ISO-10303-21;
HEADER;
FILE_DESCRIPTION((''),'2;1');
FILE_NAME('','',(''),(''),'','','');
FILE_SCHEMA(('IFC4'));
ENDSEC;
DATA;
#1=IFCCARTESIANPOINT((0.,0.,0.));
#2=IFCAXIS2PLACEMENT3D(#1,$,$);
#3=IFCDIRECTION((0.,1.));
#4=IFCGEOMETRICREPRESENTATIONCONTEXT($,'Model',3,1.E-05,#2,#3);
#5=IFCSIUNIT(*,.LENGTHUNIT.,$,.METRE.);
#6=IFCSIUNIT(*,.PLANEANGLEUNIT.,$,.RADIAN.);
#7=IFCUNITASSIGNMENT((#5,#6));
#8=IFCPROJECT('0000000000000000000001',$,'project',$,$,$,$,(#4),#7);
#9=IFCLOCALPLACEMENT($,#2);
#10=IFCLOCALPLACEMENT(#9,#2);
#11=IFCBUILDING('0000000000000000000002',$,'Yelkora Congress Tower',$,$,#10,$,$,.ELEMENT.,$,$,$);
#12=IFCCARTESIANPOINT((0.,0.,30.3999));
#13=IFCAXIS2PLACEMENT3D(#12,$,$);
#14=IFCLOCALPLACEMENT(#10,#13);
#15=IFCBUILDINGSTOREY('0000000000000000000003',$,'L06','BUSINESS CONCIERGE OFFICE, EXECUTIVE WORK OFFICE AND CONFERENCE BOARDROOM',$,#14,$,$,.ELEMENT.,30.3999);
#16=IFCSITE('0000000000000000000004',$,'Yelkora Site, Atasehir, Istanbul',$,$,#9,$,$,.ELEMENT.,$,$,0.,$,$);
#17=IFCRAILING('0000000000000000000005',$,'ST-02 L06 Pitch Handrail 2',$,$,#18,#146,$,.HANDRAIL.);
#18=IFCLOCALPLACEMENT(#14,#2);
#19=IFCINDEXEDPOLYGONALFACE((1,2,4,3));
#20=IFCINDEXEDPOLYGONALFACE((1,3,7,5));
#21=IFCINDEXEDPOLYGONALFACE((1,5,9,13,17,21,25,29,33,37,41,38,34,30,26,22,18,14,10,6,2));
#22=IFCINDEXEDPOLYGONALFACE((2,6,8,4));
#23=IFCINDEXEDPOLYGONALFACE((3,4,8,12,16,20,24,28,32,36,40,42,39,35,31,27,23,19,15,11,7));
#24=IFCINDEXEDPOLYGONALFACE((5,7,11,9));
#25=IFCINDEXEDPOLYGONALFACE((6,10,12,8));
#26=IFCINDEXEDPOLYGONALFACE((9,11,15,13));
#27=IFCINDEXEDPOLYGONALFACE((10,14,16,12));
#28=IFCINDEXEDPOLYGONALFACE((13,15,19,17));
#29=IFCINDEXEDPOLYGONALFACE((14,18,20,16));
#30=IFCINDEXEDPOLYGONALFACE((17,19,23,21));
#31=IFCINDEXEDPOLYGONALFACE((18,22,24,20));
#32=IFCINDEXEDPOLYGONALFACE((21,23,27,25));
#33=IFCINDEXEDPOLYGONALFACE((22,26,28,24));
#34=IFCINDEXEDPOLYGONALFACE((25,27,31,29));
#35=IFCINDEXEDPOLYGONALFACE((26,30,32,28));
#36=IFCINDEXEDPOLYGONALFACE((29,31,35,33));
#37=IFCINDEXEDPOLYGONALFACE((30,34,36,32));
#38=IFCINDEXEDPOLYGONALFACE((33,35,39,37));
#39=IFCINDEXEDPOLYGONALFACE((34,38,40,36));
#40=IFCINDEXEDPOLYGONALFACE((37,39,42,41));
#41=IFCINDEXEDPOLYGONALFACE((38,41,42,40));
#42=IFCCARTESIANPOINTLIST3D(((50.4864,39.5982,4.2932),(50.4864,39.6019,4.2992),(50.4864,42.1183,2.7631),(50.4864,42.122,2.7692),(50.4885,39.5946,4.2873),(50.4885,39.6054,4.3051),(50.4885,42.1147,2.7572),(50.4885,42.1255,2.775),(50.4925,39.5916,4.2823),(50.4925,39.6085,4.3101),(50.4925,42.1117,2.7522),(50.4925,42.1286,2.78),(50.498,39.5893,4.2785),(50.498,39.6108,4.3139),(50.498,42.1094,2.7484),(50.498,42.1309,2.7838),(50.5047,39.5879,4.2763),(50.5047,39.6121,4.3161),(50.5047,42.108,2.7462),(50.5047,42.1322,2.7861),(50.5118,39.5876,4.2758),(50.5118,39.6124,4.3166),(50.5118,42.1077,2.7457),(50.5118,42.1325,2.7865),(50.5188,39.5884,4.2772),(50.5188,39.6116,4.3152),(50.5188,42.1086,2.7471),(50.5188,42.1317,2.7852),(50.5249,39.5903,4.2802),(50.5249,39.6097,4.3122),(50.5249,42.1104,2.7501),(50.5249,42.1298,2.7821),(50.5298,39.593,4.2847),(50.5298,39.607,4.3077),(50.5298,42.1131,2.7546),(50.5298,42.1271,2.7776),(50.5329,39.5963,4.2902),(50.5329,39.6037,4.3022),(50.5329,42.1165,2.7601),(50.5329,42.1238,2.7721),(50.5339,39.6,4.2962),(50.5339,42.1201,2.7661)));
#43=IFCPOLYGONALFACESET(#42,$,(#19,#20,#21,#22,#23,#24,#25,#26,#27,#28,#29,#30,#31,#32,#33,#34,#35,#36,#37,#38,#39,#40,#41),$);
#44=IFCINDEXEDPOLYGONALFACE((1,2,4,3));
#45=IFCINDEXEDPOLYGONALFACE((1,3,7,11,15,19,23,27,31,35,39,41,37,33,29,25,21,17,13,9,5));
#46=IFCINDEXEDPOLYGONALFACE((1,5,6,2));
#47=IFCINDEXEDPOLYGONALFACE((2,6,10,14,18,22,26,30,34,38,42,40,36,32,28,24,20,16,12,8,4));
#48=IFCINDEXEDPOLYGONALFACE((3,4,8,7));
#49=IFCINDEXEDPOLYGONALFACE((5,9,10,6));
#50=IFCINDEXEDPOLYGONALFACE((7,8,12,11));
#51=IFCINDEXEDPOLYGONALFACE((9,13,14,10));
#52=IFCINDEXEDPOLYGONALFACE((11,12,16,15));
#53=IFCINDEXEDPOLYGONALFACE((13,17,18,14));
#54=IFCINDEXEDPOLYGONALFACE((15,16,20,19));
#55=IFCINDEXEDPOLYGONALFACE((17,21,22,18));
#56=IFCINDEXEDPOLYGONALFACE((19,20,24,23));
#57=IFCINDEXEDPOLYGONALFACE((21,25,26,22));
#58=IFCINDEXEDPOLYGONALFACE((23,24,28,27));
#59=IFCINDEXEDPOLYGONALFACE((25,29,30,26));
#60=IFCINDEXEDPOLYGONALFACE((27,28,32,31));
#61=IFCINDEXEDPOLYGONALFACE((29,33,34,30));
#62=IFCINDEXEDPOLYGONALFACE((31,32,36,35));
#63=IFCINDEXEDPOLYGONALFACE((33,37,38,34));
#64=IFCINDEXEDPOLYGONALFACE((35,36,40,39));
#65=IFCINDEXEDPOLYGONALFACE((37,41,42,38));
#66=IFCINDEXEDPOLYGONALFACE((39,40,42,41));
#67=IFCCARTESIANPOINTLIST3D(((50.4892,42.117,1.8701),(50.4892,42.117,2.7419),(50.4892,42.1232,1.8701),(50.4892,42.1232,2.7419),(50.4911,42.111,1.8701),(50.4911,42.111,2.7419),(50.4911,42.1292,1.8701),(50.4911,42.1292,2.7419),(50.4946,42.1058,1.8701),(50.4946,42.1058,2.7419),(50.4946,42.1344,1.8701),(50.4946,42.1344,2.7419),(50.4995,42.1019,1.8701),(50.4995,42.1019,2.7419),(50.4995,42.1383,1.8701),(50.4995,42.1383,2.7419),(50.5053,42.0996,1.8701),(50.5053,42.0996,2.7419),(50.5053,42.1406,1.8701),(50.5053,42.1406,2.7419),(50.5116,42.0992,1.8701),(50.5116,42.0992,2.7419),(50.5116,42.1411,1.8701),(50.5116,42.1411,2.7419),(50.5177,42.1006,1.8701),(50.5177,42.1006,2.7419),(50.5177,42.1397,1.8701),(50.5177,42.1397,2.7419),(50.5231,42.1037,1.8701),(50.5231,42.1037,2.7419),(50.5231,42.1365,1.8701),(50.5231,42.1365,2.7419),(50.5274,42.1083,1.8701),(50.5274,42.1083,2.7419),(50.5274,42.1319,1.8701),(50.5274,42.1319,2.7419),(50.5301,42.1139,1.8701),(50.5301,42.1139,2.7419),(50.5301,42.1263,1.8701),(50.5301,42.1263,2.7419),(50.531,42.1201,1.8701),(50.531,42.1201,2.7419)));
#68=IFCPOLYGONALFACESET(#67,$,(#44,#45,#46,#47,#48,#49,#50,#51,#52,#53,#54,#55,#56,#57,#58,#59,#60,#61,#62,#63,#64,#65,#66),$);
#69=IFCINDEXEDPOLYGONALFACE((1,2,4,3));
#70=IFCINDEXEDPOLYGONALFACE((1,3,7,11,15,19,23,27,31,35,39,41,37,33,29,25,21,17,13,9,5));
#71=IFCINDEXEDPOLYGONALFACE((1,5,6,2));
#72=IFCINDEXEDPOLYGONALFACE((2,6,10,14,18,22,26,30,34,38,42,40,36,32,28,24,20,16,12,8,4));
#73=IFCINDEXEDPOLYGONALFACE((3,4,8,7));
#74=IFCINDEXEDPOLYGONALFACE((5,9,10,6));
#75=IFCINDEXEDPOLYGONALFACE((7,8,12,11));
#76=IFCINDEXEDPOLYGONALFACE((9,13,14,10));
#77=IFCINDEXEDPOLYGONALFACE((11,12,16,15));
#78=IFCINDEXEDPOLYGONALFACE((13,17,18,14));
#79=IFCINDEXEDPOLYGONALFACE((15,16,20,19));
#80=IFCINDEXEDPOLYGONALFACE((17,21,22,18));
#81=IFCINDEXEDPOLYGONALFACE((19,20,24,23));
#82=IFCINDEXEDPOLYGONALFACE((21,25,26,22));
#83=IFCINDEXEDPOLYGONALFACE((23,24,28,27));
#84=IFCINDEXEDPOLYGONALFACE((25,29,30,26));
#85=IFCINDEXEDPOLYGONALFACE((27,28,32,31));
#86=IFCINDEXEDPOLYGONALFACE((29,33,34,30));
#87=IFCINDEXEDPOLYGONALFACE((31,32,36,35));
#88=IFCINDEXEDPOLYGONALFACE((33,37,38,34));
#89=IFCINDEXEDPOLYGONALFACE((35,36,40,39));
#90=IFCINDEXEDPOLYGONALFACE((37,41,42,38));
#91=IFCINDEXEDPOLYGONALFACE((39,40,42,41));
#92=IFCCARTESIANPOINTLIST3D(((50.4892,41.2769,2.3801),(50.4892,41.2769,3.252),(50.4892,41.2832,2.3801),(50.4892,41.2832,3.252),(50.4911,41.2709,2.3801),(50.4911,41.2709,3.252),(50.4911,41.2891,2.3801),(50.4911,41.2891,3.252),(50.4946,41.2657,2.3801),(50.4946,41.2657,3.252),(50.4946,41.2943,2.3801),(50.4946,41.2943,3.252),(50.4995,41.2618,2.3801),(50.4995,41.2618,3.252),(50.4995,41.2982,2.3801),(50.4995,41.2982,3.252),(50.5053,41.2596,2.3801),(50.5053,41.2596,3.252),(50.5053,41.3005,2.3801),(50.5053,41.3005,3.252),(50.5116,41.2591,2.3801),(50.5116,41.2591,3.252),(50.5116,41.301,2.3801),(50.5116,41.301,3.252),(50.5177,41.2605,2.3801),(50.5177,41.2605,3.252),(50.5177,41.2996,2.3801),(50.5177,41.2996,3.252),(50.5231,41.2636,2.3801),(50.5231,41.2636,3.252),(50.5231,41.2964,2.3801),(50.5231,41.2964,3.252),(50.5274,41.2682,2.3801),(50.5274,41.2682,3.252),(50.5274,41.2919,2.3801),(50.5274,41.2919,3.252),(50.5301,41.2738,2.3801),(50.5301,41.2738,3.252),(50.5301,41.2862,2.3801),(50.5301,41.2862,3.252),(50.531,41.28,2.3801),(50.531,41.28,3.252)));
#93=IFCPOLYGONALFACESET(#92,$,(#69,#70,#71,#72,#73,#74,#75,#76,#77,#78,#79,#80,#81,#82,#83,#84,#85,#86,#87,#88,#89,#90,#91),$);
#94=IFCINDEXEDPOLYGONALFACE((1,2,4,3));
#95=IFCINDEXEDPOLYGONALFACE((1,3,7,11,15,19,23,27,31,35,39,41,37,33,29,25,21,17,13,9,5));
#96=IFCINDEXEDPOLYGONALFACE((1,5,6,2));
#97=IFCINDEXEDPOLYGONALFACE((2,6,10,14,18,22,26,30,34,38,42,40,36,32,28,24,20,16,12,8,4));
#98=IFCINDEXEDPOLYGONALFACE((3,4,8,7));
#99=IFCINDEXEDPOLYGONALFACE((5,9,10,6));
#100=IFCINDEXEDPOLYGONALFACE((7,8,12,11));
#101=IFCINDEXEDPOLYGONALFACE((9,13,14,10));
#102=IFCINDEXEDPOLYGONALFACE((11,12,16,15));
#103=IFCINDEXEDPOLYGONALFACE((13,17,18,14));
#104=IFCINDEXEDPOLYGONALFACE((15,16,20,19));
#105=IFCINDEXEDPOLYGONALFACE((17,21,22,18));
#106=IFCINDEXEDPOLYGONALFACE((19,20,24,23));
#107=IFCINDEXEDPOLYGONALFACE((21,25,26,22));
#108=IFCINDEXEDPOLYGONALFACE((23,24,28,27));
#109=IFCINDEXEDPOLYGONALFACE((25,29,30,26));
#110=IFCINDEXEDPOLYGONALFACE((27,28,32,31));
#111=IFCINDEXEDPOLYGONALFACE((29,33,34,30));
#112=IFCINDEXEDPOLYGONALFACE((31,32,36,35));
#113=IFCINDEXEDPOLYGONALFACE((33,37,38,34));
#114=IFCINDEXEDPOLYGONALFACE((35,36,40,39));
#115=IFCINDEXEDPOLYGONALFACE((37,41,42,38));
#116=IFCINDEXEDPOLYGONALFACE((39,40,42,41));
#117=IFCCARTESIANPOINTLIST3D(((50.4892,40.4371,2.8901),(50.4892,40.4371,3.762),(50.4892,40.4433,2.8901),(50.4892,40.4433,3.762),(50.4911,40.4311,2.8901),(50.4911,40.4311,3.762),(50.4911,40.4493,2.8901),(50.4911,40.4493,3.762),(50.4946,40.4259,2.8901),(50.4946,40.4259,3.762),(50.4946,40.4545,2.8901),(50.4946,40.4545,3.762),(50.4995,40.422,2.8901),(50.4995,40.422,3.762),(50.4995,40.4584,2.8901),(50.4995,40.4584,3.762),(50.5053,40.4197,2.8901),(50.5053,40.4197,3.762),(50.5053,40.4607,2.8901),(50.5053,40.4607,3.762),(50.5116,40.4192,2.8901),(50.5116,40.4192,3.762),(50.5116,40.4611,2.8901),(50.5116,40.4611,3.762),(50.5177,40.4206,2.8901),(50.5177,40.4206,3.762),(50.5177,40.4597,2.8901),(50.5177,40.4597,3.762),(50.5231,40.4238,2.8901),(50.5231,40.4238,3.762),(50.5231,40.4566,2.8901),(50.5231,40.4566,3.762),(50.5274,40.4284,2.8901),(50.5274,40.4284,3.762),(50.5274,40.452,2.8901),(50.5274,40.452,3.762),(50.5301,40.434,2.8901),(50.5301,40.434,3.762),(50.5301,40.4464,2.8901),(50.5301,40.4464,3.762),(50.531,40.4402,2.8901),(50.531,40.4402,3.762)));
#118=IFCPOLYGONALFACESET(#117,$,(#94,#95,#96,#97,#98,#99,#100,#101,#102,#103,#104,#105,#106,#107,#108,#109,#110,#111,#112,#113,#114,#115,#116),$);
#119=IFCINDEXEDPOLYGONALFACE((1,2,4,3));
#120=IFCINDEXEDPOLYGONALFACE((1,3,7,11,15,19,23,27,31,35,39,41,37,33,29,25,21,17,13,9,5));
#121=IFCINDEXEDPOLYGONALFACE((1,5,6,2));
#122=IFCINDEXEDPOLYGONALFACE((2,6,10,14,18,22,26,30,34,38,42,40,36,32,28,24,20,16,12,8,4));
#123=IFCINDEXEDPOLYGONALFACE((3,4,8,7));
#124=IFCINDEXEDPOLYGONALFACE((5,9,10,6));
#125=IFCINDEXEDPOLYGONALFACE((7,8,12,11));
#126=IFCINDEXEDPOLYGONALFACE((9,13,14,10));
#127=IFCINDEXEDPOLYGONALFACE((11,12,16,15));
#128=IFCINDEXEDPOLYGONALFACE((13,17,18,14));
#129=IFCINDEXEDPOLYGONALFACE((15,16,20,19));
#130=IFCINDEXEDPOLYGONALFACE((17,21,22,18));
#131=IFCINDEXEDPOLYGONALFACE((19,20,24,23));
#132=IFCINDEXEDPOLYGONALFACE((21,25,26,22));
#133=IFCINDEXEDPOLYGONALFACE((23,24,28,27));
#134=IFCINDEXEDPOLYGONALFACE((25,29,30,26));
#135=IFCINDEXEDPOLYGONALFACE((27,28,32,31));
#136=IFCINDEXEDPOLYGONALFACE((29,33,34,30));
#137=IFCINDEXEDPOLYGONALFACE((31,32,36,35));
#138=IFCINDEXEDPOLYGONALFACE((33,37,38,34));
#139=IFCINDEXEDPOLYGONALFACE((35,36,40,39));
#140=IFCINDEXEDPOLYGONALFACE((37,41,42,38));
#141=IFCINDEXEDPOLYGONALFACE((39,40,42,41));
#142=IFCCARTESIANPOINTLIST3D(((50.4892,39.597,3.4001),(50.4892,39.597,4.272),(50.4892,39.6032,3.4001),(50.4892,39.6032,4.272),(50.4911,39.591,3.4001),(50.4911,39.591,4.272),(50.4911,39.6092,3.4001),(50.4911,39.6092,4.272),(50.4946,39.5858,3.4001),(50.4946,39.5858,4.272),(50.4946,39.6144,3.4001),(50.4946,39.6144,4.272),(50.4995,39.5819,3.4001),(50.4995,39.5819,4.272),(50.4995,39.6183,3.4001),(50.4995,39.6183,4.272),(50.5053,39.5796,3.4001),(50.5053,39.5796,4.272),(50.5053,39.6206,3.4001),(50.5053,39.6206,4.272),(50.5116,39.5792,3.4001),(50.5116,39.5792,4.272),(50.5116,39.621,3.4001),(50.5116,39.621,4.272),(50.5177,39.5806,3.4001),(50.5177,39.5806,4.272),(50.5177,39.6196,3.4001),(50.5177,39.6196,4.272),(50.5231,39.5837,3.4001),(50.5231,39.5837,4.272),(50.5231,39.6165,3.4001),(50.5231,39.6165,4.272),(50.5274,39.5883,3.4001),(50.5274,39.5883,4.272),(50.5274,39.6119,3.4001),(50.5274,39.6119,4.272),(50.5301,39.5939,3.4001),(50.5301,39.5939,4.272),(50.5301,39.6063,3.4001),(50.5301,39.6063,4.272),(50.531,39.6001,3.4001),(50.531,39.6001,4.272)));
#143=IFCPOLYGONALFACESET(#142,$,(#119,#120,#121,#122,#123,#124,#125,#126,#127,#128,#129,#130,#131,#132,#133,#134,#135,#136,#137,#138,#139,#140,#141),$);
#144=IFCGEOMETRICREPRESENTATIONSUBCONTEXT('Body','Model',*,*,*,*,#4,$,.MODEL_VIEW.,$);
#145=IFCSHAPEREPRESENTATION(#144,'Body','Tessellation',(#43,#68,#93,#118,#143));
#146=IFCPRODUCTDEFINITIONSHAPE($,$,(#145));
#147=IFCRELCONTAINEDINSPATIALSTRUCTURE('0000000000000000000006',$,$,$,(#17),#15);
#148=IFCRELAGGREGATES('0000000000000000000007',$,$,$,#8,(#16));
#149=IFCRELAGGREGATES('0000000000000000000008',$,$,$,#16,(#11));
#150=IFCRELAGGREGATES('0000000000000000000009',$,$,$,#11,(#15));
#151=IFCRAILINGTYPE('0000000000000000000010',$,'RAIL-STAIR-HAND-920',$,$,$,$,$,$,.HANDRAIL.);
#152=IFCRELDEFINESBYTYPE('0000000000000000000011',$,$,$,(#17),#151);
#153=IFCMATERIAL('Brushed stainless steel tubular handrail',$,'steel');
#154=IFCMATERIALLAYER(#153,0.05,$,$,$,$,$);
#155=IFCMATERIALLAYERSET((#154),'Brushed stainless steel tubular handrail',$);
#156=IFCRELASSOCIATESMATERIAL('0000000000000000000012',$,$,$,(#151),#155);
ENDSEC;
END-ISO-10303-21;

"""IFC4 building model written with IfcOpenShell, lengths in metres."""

from ifc_helpers import new_model, si_unit, direction, frame, origin, origin_2d, place, context, subcontext, project, spatial, circle, extrude, material, layer, layer_set, type_object, element, save


model = new_model("IFC4")

# Units and contexts
model_context = context("Model", 3, precision=1e-05, world=origin(), true_north=direction((0.0, 1.0)))
body_context = subcontext(model_context, "Body", "Model", "MODEL_VIEW")
ifc_project = project(units=[si_unit("LENGTHUNIT", "METRE"), si_unit("PLANEANGLEUNIT", "RADIAN")], contexts=[model_context])

# Site, building, storey
site_placement = place(None, origin())
site = spatial("IfcSite", under=ifc_project, at=site_placement, Name="Yelkora Site, Atasehir, Istanbul", CompositionType="ELEMENT", RefElevation=0.0)
building_placement = place(site_placement, origin())
building = spatial("IfcBuilding", under=site, at=building_placement, Name="Yelkora Congress Tower", CompositionType="ELEMENT")
storey_placement = place(building_placement, frame((0.0, 0.0, 30.3999)))
storey = spatial("IfcBuildingStorey", under=building, at=storey_placement, Name="L06", Description="BUSINESS CONCIERGE OFFICE, EXECUTIVE WORK OFFICE AND CONFERENCE BOARDROOM", CompositionType="ELEMENT", Elevation=30.3999)

# Railing
ifc_material_1 = material(Name="Brushed stainless steel tubular handrail", Category="steel")
ifc_layer_1 = layer(ifc_material_1, 0.05)
ifc_layer_set_1 = layer_set([ifc_layer_1], Name="Brushed stainless steel tubular handrail")
railing_type_1 = type_object("IfcRailingType", Name="RAIL-STAIR-HAND-920", PredefinedType="HANDRAIL", material=ifc_layer_set_1)
railing_1_placement = place(storey_placement, frame((50.51, 42.1201, 1.8701)))
element("IfcRailing", 1, at=railing_1_placement, inside=storey, type_object=railing_type_1, Name="ST-02 L06 Pitch Handrail 2", PredefinedType="HANDRAIL", context=body_context, shape_type="SweptSolid", body=[
    extrude(circle(Radius=0.0239, at=origin_2d()), frame((0.0, 0.0, 0.896), z_axis=(0.0, -0.854785, 0.518982), x_axis=(1.0, 0.0, 0.0)), (0.0, 0.0, 1.0), 2.9482),
    extrude(circle(Radius=0.021, at=origin_2d()), origin(), (0.0, 0.0, 1.0), 0.8718),
    extrude(circle(Radius=0.021, at=origin_2d()), frame((0.0, -0.8401, 0.51)), (0.0, 0.0, 1.0), 0.8718),
    extrude(circle(Radius=0.021, at=origin_2d()), frame((0.0, -1.6799, 1.02)), (0.0, 0.0, 1.0), 0.8718),
    extrude(circle(Radius=0.021, at=origin_2d()), frame((0.0, -2.52, 1.53)), (0.0, 0.0, 1.0), 0.8718),
])

save(model, "model.ifc")
